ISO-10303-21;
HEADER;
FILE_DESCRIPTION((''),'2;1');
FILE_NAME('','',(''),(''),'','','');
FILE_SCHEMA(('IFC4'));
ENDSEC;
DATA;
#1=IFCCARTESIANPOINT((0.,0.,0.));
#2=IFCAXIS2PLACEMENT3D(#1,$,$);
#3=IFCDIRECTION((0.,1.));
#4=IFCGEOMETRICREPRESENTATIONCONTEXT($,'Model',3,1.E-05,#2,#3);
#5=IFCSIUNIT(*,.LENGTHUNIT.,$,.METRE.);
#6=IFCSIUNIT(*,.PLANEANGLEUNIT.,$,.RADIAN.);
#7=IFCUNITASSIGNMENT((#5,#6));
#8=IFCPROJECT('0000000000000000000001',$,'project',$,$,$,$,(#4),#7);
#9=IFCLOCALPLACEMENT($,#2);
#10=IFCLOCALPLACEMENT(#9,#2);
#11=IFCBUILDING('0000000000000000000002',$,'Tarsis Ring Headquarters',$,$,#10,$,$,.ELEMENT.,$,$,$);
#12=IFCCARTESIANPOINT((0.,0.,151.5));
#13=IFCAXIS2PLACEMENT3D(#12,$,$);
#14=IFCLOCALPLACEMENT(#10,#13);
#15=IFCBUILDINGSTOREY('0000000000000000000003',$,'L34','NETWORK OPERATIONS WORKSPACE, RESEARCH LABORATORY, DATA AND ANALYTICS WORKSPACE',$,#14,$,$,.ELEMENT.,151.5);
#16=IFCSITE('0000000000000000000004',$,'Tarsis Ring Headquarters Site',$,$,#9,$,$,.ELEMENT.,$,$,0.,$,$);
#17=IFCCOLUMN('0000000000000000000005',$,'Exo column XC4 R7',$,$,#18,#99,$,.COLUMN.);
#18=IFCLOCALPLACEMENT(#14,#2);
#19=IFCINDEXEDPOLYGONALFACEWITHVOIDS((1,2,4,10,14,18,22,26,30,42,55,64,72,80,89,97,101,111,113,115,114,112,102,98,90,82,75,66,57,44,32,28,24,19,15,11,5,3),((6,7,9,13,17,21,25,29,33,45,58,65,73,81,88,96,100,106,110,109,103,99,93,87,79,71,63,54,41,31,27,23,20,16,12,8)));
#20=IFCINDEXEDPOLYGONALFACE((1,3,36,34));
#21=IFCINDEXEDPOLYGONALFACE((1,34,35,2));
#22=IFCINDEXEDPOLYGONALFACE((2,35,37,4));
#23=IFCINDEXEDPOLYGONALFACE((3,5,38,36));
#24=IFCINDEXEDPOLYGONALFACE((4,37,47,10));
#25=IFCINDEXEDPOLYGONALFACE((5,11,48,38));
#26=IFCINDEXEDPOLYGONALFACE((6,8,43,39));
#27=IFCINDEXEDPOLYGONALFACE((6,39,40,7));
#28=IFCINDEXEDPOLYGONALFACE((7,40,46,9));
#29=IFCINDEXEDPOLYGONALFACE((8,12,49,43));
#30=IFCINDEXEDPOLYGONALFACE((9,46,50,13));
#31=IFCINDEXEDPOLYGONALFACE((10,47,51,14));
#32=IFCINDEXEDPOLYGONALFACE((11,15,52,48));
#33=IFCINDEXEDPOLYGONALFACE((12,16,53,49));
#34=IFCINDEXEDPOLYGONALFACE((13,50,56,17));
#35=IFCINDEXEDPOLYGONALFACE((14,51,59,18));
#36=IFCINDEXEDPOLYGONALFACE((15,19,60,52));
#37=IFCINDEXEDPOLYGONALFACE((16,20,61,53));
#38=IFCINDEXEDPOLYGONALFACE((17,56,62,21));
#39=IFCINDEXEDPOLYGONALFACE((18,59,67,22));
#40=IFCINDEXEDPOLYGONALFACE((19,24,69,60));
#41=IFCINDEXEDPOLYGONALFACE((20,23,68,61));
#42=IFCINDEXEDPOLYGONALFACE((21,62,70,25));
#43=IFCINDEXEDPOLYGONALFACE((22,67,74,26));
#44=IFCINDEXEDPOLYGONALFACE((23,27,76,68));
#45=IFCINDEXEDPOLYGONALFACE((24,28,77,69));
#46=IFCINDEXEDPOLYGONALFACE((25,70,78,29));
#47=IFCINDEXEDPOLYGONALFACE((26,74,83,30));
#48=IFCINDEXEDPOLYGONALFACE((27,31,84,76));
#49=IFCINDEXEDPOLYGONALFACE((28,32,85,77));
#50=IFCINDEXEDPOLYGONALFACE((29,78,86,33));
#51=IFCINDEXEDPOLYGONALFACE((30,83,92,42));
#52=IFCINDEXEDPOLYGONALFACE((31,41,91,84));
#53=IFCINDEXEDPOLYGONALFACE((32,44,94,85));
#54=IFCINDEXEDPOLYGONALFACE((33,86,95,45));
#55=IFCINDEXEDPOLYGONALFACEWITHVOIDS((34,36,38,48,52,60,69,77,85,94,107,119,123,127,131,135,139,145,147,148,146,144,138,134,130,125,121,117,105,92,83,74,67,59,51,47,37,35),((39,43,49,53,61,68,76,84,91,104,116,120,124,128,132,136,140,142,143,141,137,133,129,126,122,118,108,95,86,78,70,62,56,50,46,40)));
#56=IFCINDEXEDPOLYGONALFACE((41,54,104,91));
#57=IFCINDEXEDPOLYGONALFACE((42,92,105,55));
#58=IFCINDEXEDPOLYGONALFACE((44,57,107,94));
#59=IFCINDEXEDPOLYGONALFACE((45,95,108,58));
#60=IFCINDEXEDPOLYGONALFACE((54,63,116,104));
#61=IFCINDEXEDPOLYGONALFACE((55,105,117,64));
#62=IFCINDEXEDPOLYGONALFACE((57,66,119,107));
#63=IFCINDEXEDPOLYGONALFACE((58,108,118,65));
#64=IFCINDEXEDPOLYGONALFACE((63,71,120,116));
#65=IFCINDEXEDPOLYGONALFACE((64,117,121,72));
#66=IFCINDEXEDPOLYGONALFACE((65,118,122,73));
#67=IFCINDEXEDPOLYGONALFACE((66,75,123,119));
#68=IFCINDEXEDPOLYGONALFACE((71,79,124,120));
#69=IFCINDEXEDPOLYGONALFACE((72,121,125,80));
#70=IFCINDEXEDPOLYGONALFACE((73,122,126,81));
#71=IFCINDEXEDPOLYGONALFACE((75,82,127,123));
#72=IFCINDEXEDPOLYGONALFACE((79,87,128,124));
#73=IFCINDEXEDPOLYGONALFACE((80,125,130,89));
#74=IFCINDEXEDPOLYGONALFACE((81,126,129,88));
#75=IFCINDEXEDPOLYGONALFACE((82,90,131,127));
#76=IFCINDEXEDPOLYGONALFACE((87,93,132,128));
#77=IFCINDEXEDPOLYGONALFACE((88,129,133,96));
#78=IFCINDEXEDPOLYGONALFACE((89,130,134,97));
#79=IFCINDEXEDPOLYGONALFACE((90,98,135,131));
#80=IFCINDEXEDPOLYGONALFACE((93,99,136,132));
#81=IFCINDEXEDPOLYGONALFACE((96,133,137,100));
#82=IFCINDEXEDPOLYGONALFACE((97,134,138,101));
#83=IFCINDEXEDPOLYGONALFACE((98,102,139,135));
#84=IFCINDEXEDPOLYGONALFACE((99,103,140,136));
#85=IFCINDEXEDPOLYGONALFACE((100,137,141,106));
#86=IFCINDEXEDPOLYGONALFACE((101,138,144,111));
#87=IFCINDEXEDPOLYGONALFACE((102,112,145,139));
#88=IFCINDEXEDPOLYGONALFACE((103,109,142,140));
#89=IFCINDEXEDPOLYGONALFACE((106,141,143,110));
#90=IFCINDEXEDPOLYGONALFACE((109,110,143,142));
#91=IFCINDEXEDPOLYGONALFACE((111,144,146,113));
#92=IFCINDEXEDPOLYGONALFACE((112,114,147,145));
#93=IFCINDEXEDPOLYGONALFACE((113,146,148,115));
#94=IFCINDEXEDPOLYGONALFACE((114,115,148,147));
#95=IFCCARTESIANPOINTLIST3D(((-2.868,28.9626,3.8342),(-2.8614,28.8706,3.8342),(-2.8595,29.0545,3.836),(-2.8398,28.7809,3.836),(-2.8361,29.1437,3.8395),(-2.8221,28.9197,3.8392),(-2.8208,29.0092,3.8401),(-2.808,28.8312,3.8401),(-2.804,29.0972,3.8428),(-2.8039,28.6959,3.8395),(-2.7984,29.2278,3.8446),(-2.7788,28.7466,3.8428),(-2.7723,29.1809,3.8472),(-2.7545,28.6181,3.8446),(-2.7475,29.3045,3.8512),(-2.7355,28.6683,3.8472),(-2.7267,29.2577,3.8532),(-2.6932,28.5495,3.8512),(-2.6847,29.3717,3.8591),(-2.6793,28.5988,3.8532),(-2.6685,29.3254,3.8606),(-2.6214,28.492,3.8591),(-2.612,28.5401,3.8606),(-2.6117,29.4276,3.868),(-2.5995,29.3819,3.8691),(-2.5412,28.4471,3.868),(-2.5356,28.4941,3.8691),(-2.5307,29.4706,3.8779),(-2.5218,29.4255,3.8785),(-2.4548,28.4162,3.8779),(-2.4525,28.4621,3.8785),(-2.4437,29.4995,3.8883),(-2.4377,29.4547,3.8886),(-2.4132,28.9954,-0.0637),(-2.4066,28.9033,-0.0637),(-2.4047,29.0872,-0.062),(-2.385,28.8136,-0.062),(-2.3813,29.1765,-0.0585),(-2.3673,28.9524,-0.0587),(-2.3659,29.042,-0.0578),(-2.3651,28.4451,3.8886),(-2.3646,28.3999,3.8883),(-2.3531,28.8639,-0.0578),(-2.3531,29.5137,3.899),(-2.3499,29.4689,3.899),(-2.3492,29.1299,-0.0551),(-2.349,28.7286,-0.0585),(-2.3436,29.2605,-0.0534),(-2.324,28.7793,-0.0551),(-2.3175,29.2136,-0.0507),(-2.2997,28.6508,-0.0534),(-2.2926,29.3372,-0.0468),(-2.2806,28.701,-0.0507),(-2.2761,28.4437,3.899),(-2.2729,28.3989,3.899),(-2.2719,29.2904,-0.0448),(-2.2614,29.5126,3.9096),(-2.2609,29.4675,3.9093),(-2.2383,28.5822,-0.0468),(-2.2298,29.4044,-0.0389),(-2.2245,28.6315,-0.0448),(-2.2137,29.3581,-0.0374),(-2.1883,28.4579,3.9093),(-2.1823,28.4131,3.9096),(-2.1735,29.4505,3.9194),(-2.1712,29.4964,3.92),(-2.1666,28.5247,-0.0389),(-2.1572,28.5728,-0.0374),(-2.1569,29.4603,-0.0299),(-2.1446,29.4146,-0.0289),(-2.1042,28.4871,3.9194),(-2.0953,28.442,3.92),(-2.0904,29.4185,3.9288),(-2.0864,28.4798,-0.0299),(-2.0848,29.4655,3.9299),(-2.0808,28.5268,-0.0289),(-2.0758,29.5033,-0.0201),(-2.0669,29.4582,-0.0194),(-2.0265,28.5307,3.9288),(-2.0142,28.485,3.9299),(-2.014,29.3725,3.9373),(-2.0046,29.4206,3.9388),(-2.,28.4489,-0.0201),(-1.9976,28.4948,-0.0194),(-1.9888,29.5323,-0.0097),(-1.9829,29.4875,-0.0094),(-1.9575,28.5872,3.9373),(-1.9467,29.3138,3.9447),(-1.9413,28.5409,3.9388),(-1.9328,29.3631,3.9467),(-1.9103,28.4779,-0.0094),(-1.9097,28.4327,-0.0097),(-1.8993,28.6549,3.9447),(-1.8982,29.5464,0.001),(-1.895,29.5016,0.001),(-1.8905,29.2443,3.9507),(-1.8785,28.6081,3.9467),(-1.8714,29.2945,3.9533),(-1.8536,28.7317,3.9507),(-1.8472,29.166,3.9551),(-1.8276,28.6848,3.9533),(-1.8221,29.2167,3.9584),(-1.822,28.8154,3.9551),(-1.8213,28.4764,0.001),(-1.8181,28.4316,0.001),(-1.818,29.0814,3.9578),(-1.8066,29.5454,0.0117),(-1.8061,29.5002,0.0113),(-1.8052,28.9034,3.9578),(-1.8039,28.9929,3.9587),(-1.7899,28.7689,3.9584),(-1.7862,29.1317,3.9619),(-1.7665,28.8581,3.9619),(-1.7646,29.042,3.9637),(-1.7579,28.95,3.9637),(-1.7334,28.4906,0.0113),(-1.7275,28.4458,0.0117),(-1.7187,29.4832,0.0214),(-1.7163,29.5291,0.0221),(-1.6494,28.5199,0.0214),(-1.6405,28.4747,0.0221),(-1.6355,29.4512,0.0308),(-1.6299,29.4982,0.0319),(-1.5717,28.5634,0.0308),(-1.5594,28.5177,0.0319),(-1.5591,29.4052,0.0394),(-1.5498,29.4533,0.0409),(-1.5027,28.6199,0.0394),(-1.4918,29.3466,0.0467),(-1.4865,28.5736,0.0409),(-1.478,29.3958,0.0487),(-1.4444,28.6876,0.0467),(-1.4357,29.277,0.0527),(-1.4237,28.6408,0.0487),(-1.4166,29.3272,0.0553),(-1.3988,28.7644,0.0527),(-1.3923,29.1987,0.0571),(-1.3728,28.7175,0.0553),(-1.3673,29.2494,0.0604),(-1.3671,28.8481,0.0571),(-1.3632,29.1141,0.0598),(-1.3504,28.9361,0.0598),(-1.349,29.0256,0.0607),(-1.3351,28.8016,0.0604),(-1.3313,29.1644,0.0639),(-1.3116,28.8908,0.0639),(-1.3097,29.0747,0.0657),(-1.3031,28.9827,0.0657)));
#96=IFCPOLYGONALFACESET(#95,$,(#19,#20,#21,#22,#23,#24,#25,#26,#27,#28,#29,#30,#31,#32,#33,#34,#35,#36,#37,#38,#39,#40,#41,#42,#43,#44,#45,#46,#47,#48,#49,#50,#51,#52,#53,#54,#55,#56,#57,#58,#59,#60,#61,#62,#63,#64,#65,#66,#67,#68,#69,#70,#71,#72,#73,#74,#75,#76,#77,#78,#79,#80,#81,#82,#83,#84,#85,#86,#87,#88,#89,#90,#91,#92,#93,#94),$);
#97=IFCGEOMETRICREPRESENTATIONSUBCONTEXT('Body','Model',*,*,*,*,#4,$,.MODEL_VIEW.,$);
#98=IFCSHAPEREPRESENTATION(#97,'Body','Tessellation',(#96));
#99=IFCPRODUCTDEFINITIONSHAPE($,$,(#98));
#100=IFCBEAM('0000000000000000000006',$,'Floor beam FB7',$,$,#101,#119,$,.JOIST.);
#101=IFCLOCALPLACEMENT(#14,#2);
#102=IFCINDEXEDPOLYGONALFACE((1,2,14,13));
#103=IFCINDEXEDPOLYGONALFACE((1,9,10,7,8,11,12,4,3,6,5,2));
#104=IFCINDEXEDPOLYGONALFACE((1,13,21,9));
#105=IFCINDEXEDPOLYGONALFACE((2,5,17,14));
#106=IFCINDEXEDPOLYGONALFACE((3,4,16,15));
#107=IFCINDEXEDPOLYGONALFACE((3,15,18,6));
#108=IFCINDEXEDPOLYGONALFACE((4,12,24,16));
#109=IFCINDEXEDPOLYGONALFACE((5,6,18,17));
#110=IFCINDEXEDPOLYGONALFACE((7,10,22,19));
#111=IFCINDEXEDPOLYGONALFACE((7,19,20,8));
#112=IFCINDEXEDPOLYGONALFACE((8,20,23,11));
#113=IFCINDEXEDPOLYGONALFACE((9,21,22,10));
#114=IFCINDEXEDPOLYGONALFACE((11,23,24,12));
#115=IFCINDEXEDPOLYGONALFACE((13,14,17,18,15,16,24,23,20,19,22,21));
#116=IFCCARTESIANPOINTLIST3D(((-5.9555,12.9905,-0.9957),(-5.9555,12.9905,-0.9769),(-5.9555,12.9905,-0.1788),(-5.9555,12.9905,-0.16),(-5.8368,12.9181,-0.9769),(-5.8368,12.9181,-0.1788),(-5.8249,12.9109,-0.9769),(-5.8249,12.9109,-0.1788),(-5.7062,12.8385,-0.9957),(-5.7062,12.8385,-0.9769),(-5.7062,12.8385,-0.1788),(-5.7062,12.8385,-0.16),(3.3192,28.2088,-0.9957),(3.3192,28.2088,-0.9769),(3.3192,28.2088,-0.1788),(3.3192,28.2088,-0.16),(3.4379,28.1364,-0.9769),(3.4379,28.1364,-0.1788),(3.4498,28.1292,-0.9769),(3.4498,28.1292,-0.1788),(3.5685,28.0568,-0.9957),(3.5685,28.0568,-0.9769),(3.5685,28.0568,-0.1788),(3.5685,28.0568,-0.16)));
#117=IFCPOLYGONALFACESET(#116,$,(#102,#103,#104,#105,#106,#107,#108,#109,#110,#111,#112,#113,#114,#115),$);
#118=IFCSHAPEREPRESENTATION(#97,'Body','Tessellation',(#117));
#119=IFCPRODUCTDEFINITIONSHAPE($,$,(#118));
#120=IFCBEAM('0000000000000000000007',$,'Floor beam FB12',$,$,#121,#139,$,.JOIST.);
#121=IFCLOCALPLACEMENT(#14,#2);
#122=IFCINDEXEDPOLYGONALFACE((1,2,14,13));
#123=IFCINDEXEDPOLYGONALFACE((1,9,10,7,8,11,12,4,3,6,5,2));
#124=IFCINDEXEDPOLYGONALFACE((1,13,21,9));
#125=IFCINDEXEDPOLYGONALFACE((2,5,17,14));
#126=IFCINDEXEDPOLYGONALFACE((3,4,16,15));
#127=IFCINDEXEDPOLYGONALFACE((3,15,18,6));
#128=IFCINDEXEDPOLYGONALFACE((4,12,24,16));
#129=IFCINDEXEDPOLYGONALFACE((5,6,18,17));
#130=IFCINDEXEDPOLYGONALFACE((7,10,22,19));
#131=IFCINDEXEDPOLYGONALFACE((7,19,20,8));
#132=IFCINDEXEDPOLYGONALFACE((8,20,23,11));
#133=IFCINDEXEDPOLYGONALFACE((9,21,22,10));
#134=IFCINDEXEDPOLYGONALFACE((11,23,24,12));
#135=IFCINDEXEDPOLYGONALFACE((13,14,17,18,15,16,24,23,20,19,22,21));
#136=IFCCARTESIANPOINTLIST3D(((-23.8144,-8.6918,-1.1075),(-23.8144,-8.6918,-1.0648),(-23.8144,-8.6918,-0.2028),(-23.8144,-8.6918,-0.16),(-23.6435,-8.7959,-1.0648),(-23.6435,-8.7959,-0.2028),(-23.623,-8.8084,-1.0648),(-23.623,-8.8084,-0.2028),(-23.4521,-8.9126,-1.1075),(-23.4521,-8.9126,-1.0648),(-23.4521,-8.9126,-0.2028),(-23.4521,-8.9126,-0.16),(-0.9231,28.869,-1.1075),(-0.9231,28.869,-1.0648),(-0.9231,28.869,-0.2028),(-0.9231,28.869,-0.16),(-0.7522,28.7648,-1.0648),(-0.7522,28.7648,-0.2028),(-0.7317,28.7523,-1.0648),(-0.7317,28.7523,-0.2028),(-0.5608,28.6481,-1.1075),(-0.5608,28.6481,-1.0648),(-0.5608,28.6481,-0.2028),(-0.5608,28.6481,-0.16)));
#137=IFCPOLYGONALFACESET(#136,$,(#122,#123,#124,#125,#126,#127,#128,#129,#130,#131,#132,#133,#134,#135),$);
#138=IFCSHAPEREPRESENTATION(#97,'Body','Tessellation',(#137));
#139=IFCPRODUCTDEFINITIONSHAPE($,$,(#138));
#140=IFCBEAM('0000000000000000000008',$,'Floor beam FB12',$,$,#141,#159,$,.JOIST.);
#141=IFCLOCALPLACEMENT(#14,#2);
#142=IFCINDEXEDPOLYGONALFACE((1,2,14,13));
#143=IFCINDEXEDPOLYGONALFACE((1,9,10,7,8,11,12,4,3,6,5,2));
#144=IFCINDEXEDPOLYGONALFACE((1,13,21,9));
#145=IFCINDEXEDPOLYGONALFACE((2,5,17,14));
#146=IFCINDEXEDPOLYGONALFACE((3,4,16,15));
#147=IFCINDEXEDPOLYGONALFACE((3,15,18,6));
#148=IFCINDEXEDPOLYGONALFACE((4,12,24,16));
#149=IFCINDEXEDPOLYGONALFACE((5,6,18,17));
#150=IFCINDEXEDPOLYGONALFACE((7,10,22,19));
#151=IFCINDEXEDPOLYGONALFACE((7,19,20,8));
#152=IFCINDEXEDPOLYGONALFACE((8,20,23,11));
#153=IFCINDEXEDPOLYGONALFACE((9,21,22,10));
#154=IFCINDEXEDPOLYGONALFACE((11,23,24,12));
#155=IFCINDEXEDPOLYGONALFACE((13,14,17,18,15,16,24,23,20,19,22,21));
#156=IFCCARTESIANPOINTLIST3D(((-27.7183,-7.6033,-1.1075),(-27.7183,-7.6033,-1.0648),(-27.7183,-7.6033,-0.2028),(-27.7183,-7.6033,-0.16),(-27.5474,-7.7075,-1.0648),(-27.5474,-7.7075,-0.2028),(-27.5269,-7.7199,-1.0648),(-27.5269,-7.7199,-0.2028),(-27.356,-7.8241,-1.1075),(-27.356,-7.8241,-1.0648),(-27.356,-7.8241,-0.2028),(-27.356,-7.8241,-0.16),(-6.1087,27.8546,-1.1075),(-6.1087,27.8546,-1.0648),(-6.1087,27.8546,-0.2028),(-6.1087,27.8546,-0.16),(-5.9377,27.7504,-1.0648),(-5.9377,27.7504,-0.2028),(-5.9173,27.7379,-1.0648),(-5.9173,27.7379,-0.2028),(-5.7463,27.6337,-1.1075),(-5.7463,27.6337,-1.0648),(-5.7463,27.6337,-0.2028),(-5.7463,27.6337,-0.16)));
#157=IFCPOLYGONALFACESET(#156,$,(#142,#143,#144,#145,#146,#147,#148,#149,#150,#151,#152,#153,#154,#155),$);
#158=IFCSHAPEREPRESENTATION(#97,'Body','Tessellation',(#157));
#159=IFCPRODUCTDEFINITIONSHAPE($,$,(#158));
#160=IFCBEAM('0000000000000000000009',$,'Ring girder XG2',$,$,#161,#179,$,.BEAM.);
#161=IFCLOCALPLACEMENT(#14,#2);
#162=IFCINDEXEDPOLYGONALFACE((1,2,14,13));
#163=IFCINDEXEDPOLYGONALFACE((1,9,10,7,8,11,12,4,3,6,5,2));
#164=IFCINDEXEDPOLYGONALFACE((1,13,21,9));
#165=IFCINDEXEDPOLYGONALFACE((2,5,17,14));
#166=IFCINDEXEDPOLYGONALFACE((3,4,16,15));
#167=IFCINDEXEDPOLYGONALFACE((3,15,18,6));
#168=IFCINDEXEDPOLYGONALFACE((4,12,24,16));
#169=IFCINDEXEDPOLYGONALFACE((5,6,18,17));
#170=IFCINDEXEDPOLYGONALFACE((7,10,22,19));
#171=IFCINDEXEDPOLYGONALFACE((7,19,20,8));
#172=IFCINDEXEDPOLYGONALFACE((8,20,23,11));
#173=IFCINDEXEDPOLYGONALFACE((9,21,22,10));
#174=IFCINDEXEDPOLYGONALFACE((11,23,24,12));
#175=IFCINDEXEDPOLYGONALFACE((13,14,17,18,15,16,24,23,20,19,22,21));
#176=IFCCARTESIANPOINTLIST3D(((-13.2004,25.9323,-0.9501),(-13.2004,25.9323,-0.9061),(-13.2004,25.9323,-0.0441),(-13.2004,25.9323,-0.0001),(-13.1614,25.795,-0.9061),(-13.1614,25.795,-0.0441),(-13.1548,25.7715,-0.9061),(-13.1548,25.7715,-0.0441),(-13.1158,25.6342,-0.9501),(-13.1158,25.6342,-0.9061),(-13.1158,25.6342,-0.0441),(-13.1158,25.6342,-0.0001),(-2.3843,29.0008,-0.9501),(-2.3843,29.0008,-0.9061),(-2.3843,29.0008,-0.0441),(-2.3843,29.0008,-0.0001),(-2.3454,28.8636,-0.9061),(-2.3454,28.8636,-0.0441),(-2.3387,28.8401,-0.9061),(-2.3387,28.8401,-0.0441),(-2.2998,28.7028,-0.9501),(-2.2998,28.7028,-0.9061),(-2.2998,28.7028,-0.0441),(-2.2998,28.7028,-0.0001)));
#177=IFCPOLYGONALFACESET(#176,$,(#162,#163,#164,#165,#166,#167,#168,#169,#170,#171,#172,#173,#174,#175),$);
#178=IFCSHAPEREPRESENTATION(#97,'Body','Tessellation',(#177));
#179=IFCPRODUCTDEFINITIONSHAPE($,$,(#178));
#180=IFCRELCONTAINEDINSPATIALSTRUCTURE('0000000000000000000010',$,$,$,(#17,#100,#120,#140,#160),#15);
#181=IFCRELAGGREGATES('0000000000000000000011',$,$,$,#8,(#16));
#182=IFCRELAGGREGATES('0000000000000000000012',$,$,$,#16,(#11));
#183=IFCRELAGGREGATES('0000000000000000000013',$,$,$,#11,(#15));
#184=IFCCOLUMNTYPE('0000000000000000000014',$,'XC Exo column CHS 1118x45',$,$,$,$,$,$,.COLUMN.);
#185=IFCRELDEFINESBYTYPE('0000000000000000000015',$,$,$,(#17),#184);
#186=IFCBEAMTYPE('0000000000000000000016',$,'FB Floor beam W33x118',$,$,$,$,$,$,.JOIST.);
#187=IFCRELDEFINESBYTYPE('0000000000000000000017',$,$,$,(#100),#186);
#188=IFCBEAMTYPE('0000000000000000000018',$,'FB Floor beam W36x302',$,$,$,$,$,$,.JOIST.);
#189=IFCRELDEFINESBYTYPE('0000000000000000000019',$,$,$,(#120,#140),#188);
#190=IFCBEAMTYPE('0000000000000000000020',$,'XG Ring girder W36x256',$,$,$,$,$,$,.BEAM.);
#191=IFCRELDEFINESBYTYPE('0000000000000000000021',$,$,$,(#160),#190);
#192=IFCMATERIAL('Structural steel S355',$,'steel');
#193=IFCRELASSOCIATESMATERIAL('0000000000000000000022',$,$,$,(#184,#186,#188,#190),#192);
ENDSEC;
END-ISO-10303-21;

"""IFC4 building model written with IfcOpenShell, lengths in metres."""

from ifc_helpers import new_model, si_unit, direction, frame, origin, origin_2d, place, context, subcontext, project, spatial, hollow_circle, i_section, extrude, material, material_profile, profile_set, type_object, element, save


model = new_model("IFC4")

# Units and contexts
model_context = context("Model", 3, precision=1e-05, world=origin(), true_north=direction((0.0, 1.0)))
body_context = subcontext(model_context, "Body", "Model", "MODEL_VIEW")
ifc_project = project(units=[si_unit("LENGTHUNIT", "METRE"), si_unit("PLANEANGLEUNIT", "RADIAN")], contexts=[model_context])

# Site, building, storey
site_placement = place(None, origin())
site = spatial("IfcSite", under=ifc_project, at=site_placement, Name="Tarsis Ring Headquarters Site", CompositionType="ELEMENT", RefElevation=0.0)
building_placement = place(site_placement, origin())
building = spatial("IfcBuilding", under=site, at=building_placement, Name="Tarsis Ring Headquarters", CompositionType="ELEMENT")
storey_placement = place(building_placement, frame((0.0, 0.0, 151.5)))
storey = spatial("IfcBuildingStorey", under=building, at=storey_placement, Name="L34", Description="NETWORK OPERATIONS WORKSPACE, RESEARCH LABORATORY, DATA AND ANALYTICS WORKSPACE", CompositionType="ELEMENT", Elevation=151.5)

# Column
ifc_material_1 = material(Name="Structural steel S355", Category="steel")
ifc_material_profile_1 = material_profile(ifc_material_1, hollow_circle(Radius=0.5588, WallThickness=0.0449, at=origin_2d()), Name="CHS 1118x45")
ifc_profile_set_1 = profile_set([ifc_material_profile_1], Name="Structural steel S355")
column_type = type_object("IfcColumnType", Name="XC Exo column CHS 1118x45", PredefinedType="COLUMN", material=ifc_profile_set_1)
column_placement = place(storey_placement, frame((-1.8582, 28.989, 0.001), z_axis=(-0.115895, -0.008336, 0.993226), x_axis=(0.071742, -0.997423, 0.0)))
element("IfcColumn", 1, at=column_placement, inside=storey, type_object=column_type, Name="Exo column XC4 R7", PredefinedType="COLUMN", context=body_context, shape_type="SweptSolid", body=[
    extrude(hollow_circle(Radius=0.5588, WallThickness=0.0449, at=origin_2d()), origin(), (0.0, 0.0, 1.0), 3.9246),
])

# Beams
ifc_material_profile_2 = material_profile(ifc_material_1, i_section(OverallWidth=0.292, OverallDepth=0.8357, WebThickness=0.0139, FlangeThickness=0.0188, at=origin_2d()), Name="W33x118")
ifc_profile_set_2 = profile_set([ifc_material_profile_2], Name="Structural steel S355")
beam_type_1 = type_object("IfcBeamType", Name="FB Floor beam W33x118", PredefinedType="JOIST", material=ifc_profile_set_2)
beam_1_placement = place(storey_placement, frame((3.4438, 28.1328, -0.5779), z_axis=(-0.520412, -0.853915, 0.0), x_axis=(0.853915, -0.520412, 0.0)))
element("IfcBeam", 2, at=beam_1_placement, inside=storey, type_object=beam_type_1, Name="Floor beam FB7", PredefinedType="JOIST", context=body_context, shape_type="SweptSolid", body=[
    extrude(i_section(OverallWidth=0.292, OverallDepth=0.8357, WebThickness=0.0139, FlangeThickness=0.0188, at=origin_2d()), origin(), (0.0, 0.0, 1.0), 17.8218),
])
ifc_material_profile_3 = material_profile(ifc_material_1, i_section(OverallWidth=0.4243, OverallDepth=0.9475, WebThickness=0.0239, FlangeThickness=0.0427, at=origin_2d()), Name="W36x302")
ifc_profile_set_3 = profile_set([ifc_material_profile_3], Name="Structural steel S355")
beam_type_2 = type_object("IfcBeamType", Name="FB Floor beam W36x302", PredefinedType="JOIST", material=ifc_profile_set_3)
beam_2_placement = place(storey_placement, frame((-0.7419, 28.7585, -0.6338), z_axis=(-0.520416, -0.853913, 0.0), x_axis=(0.853913, -0.520416, 0.0)))
element("IfcBeam", 3, at=beam_2_placement, inside=storey, type_object=beam_type_2, Name="Floor beam FB12", PredefinedType="JOIST", context=body_context, shape_type="SweptSolid", body=[
    extrude(i_section(OverallWidth=0.4243, OverallDepth=0.9475, WebThickness=0.0239, FlangeThickness=0.0427, at=origin_2d()), origin(), (0.0, 0.0, 1.0), 43.9866),
])
beam_3_placement = place(storey_placement, frame((-5.9275, 27.7441, -0.6338), z_axis=(-0.520415, -0.853914, 0.0), x_axis=(0.853914, -0.520415, 0.0)))
element("IfcBeam", 4, at=beam_3_placement, inside=storey, type_object=beam_type_2, Name="Floor beam FB12", PredefinedType="JOIST", context=body_context, shape_type="SweptSolid", body=[
    extrude(i_section(OverallWidth=0.4243, OverallDepth=0.9475, WebThickness=0.0239, FlangeThickness=0.0427, at=origin_2d()), origin(), (0.0, 0.0, 1.0), 41.5239),
])
ifc_material_profile_4 = material_profile(ifc_material_1, i_section(OverallWidth=0.3098, OverallDepth=0.95, WebThickness=0.0244, FlangeThickness=0.0439, at=origin_2d()), Name="W36x256")
ifc_profile_set_4 = profile_set([ifc_material_profile_4], Name="Structural steel S355")
beam_type_3 = type_object("IfcBeamType", Name="XG Ring girder W36x256", PredefinedType="BEAM", material=ifc_profile_set_4)
beam_4_placement = place(storey_placement, frame((-2.342, 28.8518, -0.4751), z_axis=(-0.962033, -0.272934, 0.0), x_axis=(0.272934, -0.962033, 0.0)))
element("IfcBeam", 5, at=beam_4_placement, inside=storey, type_object=beam_type_3, Name="Ring girder XG2", PredefinedType="BEAM", context=body_context, shape_type="SweptSolid", body=[
    extrude(i_section(OverallWidth=0.3098, OverallDepth=0.95, WebThickness=0.0244, FlangeThickness=0.0439, at=origin_2d()), origin(), (0.0, 0.0, 1.0), 11.2429),
])

save(model, "model.ifc")
